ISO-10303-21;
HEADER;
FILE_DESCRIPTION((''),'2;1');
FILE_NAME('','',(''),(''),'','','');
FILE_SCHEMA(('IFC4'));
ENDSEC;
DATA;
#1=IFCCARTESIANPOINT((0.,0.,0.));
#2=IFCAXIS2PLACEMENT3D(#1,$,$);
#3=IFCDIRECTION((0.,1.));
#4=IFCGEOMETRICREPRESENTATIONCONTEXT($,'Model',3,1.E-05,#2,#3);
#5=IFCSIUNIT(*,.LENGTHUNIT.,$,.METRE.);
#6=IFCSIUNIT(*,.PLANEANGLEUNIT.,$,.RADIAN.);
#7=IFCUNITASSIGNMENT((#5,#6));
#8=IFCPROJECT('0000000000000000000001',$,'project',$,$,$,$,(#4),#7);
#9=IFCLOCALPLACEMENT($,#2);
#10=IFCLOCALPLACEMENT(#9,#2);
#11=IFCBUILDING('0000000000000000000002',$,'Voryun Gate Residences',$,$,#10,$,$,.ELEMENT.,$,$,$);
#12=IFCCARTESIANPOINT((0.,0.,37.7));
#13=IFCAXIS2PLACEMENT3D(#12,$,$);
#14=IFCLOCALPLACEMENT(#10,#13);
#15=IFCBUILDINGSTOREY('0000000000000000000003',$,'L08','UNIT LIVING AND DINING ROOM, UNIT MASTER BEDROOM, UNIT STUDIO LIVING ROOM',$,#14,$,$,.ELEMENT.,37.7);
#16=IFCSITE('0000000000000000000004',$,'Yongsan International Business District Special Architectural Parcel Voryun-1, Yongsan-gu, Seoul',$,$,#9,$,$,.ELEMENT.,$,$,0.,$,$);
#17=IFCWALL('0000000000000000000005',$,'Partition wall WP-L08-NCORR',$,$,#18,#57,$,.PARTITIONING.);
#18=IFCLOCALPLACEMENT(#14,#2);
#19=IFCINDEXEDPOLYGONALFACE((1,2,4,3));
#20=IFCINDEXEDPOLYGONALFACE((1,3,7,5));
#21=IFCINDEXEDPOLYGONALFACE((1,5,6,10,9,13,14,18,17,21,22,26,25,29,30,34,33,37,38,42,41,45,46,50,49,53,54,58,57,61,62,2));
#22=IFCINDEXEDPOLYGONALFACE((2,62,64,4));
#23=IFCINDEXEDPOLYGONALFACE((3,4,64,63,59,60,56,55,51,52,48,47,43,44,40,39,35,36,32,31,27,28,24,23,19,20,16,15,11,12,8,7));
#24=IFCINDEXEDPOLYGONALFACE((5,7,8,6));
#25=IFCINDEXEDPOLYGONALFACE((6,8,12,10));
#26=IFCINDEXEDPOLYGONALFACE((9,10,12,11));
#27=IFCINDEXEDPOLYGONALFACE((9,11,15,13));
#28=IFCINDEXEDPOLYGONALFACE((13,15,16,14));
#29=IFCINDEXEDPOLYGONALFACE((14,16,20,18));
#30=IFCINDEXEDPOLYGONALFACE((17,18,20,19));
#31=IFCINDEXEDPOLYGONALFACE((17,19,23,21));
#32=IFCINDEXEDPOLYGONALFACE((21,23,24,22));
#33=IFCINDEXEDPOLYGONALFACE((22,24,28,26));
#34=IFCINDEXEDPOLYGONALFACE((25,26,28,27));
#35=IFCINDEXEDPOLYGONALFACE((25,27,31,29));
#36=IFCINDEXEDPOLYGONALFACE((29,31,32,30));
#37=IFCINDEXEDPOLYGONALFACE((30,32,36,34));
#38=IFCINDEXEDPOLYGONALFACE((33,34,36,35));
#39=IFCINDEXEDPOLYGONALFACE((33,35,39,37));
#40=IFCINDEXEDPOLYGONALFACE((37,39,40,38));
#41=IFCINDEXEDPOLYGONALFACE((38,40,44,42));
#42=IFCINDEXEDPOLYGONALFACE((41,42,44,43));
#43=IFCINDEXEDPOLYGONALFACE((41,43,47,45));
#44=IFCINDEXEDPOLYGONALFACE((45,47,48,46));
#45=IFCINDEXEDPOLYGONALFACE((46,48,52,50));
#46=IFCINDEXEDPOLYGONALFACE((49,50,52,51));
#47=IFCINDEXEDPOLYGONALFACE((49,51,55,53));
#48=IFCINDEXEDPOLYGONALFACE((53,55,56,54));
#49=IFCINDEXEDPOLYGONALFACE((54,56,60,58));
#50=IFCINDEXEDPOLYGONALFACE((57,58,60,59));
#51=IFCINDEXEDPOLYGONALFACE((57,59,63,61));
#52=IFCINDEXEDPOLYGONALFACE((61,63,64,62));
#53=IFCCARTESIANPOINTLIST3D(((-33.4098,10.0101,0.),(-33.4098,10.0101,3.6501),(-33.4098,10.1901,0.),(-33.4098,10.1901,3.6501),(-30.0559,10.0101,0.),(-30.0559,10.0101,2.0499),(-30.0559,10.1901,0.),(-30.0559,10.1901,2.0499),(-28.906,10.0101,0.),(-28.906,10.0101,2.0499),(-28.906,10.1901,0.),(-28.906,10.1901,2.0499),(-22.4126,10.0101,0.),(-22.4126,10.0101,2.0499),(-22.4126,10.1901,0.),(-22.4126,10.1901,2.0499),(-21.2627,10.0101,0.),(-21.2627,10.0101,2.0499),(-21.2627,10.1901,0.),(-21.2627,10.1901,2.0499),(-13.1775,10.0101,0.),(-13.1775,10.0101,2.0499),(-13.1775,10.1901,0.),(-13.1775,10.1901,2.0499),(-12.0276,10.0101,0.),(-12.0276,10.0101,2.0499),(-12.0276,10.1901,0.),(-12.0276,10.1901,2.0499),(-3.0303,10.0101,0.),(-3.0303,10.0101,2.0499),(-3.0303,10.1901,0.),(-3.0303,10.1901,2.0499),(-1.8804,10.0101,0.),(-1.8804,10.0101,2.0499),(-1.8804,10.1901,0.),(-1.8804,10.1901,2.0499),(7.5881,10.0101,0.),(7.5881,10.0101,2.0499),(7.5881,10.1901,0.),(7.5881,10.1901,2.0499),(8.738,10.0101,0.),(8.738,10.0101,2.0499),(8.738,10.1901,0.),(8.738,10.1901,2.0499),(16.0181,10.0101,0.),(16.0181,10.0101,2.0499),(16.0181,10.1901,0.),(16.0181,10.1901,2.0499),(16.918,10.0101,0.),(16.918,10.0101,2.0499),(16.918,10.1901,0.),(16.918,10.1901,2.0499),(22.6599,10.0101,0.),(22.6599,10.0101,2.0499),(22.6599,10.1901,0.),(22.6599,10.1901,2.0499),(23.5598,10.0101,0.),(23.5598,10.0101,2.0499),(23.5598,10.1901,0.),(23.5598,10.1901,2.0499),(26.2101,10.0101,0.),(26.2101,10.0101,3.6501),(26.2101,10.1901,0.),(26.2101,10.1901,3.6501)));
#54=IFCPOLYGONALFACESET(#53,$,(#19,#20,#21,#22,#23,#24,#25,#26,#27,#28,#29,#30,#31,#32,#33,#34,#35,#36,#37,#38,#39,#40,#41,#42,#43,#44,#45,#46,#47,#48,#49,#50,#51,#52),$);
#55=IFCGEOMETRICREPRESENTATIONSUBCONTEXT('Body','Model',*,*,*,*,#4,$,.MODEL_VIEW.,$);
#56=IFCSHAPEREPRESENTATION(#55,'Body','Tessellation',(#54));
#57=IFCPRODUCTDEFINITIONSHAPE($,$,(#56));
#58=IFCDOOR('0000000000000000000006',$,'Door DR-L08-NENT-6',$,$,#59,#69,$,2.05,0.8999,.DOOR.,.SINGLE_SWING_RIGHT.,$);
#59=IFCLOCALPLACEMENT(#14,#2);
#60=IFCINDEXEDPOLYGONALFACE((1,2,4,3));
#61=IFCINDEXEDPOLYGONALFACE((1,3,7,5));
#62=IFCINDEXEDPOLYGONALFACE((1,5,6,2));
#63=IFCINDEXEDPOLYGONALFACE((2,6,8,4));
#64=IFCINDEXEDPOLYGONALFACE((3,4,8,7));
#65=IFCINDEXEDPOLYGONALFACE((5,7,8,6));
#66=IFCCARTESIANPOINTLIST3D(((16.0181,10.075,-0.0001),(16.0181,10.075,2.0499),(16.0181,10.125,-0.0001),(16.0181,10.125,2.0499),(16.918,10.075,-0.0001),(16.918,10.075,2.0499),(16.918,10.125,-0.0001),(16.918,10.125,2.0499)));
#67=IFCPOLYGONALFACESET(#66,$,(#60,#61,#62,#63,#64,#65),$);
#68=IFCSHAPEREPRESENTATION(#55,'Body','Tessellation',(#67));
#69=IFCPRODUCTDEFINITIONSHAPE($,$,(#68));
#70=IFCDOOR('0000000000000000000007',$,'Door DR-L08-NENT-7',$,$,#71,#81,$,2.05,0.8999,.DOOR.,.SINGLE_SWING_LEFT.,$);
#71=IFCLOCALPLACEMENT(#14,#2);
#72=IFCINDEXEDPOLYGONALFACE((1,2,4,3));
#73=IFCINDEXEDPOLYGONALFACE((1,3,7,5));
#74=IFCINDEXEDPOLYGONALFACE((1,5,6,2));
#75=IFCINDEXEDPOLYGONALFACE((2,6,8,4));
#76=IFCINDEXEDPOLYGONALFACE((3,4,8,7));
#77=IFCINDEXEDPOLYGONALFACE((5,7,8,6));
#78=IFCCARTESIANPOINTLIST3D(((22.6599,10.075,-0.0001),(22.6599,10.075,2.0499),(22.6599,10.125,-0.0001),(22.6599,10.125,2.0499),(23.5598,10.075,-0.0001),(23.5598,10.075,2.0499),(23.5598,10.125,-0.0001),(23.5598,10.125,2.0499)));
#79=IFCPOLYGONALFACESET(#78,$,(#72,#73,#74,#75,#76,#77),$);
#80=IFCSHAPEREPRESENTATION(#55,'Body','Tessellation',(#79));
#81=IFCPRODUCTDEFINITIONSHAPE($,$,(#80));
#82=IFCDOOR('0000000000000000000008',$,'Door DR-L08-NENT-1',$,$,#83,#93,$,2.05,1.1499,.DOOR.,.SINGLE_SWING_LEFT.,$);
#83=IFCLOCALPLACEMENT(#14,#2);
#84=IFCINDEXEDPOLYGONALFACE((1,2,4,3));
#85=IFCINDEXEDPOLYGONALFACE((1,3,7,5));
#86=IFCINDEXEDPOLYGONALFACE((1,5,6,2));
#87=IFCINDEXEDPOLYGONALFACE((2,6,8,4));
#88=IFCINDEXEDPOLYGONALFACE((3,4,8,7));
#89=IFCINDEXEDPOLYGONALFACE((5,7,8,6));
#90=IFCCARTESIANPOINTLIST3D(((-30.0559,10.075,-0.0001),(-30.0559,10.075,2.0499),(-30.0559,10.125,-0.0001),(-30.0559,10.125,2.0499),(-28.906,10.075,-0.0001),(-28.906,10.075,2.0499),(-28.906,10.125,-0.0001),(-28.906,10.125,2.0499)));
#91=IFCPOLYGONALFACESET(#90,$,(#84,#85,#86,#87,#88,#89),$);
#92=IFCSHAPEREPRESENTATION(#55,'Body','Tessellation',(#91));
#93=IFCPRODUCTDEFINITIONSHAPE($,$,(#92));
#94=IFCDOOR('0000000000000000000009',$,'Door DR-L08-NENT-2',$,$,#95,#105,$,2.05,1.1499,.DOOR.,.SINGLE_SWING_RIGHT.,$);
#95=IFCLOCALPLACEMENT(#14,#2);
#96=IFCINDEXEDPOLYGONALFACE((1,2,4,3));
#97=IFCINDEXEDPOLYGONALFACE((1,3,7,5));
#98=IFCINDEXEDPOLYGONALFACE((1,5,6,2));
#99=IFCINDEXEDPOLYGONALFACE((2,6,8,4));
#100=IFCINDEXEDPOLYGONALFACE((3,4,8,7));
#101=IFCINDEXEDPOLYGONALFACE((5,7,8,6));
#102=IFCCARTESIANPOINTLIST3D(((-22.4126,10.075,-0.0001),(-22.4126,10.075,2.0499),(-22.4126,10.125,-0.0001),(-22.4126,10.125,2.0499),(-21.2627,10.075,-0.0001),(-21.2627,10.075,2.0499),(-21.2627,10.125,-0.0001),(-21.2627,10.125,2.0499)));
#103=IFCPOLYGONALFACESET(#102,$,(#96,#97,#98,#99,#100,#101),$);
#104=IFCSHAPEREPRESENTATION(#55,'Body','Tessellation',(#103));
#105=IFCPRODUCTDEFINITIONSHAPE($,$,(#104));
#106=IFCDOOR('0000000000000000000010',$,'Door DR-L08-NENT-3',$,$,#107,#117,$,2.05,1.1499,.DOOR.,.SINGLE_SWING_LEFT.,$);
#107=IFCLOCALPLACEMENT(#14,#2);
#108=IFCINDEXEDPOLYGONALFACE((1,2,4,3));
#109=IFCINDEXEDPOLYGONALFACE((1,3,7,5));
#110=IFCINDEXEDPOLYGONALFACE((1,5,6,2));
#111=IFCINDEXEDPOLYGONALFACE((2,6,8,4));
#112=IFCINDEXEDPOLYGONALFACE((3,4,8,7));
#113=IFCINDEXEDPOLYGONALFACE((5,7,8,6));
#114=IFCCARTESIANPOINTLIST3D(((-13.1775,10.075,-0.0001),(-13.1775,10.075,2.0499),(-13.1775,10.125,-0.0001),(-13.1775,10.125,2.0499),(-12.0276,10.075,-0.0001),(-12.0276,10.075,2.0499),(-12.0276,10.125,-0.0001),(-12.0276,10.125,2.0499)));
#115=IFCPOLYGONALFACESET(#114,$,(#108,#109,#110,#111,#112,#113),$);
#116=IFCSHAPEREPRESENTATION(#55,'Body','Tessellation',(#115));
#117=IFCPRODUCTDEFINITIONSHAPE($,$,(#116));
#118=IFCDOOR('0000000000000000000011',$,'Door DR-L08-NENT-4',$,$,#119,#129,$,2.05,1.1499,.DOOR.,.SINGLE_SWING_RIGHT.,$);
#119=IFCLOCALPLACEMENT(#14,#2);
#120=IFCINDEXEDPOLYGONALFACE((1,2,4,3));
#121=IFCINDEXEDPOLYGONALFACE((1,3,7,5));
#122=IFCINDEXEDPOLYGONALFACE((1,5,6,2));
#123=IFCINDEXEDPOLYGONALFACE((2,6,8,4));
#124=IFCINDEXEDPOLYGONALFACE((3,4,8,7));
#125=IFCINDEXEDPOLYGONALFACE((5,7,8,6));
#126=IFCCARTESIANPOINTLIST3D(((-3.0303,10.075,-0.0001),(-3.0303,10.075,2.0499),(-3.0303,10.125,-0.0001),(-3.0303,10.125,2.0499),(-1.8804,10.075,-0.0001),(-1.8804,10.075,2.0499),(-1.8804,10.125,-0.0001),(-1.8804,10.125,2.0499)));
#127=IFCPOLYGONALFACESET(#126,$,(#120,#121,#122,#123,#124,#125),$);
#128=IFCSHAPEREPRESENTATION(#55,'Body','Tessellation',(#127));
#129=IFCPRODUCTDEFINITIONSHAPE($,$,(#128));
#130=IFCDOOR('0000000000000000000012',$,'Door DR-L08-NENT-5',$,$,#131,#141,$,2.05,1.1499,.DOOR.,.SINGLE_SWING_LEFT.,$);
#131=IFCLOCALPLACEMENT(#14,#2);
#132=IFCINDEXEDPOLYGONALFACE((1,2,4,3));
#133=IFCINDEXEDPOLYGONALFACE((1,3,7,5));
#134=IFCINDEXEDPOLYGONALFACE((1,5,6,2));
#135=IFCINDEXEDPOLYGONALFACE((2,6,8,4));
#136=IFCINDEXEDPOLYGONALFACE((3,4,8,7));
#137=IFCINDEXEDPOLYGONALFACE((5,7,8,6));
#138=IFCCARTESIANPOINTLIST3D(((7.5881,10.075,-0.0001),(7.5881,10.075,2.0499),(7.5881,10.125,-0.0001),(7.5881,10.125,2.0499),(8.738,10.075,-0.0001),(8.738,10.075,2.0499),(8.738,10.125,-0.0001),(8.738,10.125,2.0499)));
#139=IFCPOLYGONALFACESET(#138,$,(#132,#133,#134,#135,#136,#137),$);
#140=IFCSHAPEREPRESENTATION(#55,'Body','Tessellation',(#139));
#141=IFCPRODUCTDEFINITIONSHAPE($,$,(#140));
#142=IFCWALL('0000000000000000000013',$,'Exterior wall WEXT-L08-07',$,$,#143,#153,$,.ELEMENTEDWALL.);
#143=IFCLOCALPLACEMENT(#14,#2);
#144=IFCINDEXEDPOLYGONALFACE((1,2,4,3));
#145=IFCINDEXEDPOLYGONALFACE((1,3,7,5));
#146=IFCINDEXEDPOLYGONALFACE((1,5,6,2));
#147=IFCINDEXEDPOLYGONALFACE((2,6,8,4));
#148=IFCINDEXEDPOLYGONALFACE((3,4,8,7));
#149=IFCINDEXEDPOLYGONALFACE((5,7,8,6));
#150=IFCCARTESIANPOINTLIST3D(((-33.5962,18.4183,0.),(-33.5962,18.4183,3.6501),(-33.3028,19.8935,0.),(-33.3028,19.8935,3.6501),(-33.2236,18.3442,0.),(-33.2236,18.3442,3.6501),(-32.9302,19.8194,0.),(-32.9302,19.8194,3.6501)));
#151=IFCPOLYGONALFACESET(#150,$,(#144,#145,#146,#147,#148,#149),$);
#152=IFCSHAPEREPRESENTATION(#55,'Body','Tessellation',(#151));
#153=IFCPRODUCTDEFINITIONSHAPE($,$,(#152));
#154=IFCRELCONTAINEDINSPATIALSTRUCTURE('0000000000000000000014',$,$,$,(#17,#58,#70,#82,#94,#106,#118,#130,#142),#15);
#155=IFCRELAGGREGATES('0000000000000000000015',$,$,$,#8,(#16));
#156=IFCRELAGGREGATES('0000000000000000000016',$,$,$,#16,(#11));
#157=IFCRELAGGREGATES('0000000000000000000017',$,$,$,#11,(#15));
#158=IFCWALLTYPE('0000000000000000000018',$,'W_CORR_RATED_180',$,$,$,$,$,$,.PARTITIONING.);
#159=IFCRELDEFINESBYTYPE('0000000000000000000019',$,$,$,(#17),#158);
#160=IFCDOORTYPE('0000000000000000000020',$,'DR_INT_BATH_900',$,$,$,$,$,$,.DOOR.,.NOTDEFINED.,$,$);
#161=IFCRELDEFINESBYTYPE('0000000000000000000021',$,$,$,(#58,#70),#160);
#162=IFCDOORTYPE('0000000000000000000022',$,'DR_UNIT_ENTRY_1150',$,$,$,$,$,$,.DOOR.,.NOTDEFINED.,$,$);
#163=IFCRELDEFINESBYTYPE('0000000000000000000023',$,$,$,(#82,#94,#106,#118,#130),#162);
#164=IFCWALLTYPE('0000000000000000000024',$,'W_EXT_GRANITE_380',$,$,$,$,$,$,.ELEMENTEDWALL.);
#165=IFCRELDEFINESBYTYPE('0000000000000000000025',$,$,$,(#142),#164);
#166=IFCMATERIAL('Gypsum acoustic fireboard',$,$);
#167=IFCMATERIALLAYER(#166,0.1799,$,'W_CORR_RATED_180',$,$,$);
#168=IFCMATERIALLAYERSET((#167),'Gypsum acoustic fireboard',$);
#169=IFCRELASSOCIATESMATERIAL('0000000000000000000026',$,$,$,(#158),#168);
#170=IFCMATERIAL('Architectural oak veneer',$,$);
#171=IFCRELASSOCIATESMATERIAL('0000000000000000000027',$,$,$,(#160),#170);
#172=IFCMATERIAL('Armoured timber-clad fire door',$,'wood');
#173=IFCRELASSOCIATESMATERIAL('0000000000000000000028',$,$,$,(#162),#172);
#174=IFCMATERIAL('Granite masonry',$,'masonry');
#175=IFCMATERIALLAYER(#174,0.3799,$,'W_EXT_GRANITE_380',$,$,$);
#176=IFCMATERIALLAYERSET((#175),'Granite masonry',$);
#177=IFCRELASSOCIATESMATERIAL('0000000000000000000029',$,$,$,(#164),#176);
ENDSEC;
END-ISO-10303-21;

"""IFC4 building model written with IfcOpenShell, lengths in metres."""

from ifc_helpers import new_model, si_unit, direction, frame, frame_2d, origin, place, context, subcontext, project, spatial, rectangle, extrude, material, layer, layer_set, type_object, element, fill, save


model = new_model("IFC4")

# Units and contexts
model_context = context("Model", 3, precision=1e-05, world=origin(), true_north=direction((0.0, 1.0)))
body_context = subcontext(model_context, "Body", "Model", "MODEL_VIEW")
ifc_project = project(units=[si_unit("LENGTHUNIT", "METRE"), si_unit("PLANEANGLEUNIT", "RADIAN")], contexts=[model_context])

# Site, building, storey
site_placement = place(None, origin())
site = spatial("IfcSite", under=ifc_project, at=site_placement, Name="Yongsan International Business District Special Architectural Parcel Voryun-1, Yongsan-gu, Seoul", CompositionType="ELEMENT", RefElevation=0.0)
building_placement = place(site_placement, origin())
building = spatial("IfcBuilding", under=site, at=building_placement, Name="Voryun Gate Residences", CompositionType="ELEMENT")
storey_placement = place(building_placement, frame((0.0, 0.0, 37.7)))
storey = spatial("IfcBuildingStorey", under=building, at=storey_placement, Name="L08", Description="UNIT LIVING AND DINING ROOM, UNIT MASTER BEDROOM, UNIT STUDIO LIVING ROOM", CompositionType="ELEMENT", Elevation=37.7)

# Wall, openings, doors
ifc_material_1 = material(Name="Gypsum acoustic fireboard")
ifc_layer_1 = layer(ifc_material_1, 0.1799, Name="W_CORR_RATED_180")
ifc_layer_set_1 = layer_set([ifc_layer_1], Name="Gypsum acoustic fireboard")
wall_type_1 = type_object("IfcWallType", Name="W_CORR_RATED_180", PredefinedType="PARTITIONING", material=ifc_layer_set_1)
wall_1_placement = place(storey_placement, frame((-33.4099, 10.1001, 0.0), z_axis=(0.0, 0.0, 1.0), x_axis=(1.0, 0.0, 0.0)))
wall_1 = element("IfcWall", 1, at=wall_1_placement, inside=storey, type_object=wall_type_1, Name="Partition wall WP-L08-NCORR", PredefinedType="PARTITIONING", context=body_context, shape_type="SweptSolid", body=[
    extrude(rectangle(XDim=59.6199, YDim=0.1799, at=frame_2d((29.8101, 0.0))), origin(), (0.0, 0.0, 1.0), 3.6501),
])
opening_1_placement = place(wall_1_placement, frame((3.354, 0.0, 0.0)))
opening_1 = element("IfcOpeningElement", 2, at=opening_1_placement, cuts=wall_1, PredefinedType="OPENING", context=body_context, shape_type="SweptSolid", body=[
    extrude(rectangle(XDim=1.1499, YDim=2.05, at=frame_2d((0.575, 1.0249))), frame((0.0, 0.0999, 0.0), z_axis=(0.0, -1.0, 0.0), x_axis=(1.0, 0.0, 0.0)), (0.0, 0.0, 1.0), 0.2),
])
opening_2_placement = place(wall_1_placement, frame((10.9973, 0.0, 0.0)))
opening_2 = element("IfcOpeningElement", 3, at=opening_2_placement, cuts=wall_1, PredefinedType="OPENING", context=body_context, shape_type="SweptSolid", body=[
    extrude(rectangle(XDim=1.1499, YDim=2.05, at=frame_2d((0.575, 1.0249))), frame((0.0, 0.0999, 0.0), z_axis=(0.0, -1.0, 0.0), x_axis=(1.0, 0.0, 0.0)), (0.0, 0.0, 1.0), 0.2),
])
opening_3_placement = place(wall_1_placement, frame((20.2324, 0.0, 0.0)))
opening_3 = element("IfcOpeningElement", 4, at=opening_3_placement, cuts=wall_1, PredefinedType="OPENING", context=body_context, shape_type="SweptSolid", body=[
    extrude(rectangle(XDim=1.1499, YDim=2.05, at=frame_2d((0.575, 1.0249))), frame((0.0, 0.0999, 0.0), z_axis=(0.0, -1.0, 0.0), x_axis=(1.0, 0.0, 0.0)), (0.0, 0.0, 1.0), 0.2),
])
opening_4_placement = place(wall_1_placement, frame((30.3796, 0.0, 0.0)))
opening_4 = element("IfcOpeningElement", 5, at=opening_4_placement, cuts=wall_1, PredefinedType="OPENING", context=body_context, shape_type="SweptSolid", body=[
    extrude(rectangle(XDim=1.1499, YDim=2.05, at=frame_2d((0.575, 1.0249))), frame((0.0, 0.0999, 0.0), z_axis=(0.0, -1.0, 0.0), x_axis=(1.0, 0.0, 0.0)), (0.0, 0.0, 1.0), 0.2),
])
opening_5_placement = place(wall_1_placement, frame((40.998, 0.0, 0.0)))
opening_5 = element("IfcOpeningElement", 6, at=opening_5_placement, cuts=wall_1, PredefinedType="OPENING", context=body_context, shape_type="SweptSolid", body=[
    extrude(rectangle(XDim=1.1499, YDim=2.05, at=frame_2d((0.575, 1.0249))), frame((0.0, 0.0999, 0.0), z_axis=(0.0, -1.0, 0.0), x_axis=(1.0, 0.0, 0.0)), (0.0, 0.0, 1.0), 0.2),
])
opening_6_placement = place(wall_1_placement, frame((49.428, 0.0, 0.0)))
opening_6 = element("IfcOpeningElement", 7, at=opening_6_placement, cuts=wall_1, PredefinedType="OPENING", context=body_context, shape_type="SweptSolid", body=[
    extrude(rectangle(XDim=0.8999, YDim=2.05, at=frame_2d((0.45, 1.0249))), frame((0.0, 0.0999, 0.0), z_axis=(0.0, -1.0, 0.0), x_axis=(1.0, 0.0, 0.0)), (0.0, 0.0, 1.0), 0.2),
])
opening_7_placement = place(wall_1_placement, frame((56.0698, 0.0, 0.0)))
opening_7 = element("IfcOpeningElement", 8, at=opening_7_placement, cuts=wall_1, PredefinedType="OPENING", context=body_context, shape_type="SweptSolid", body=[
    extrude(rectangle(XDim=0.8999, YDim=2.05, at=frame_2d((0.45, 1.0249))), frame((0.0, 0.0999, 0.0), z_axis=(0.0, -1.0, 0.0), x_axis=(1.0, 0.0, 0.0)), (0.0, 0.0, 1.0), 0.2),
])
ifc_material_2 = material(Name="Architectural oak veneer")
door_type_1 = type_object("IfcDoorType", Name="DR_INT_BATH_900", OperationType="NOTDEFINED", PredefinedType="DOOR", material=ifc_material_2)
door_1_placement = place(opening_6_placement, origin())
door_1 = element("IfcDoor", 9, at=door_1_placement, inside=storey, type_object=door_type_1, Name="Door DR-L08-NENT-6", OperationType="SINGLE_SWING_RIGHT", OverallHeight=2.05, OverallWidth=0.8999, PredefinedType="DOOR", context=body_context, shape_type="SweptSolid", body=[
    extrude(rectangle(XDim=0.8999, YDim=2.05, at=frame_2d((0.45, 1.0249))), frame((0.0, 0.0249, 0.0), z_axis=(0.0, -1.0, 0.0), x_axis=(1.0, 0.0, 0.0)), (0.0, 0.0, 1.0), 0.05),
])
fill(opening_6, door_1)
door_2_placement = place(opening_7_placement, origin())
door_2 = element("IfcDoor", 10, at=door_2_placement, inside=storey, type_object=door_type_1, Name="Door DR-L08-NENT-7", OperationType="SINGLE_SWING_LEFT", OverallHeight=2.05, OverallWidth=0.8999, PredefinedType="DOOR", context=body_context, shape_type="SweptSolid", body=[
    extrude(rectangle(XDim=0.8999, YDim=2.05, at=frame_2d((0.45, 1.0249))), frame((0.0, 0.0249, 0.0), z_axis=(0.0, -1.0, 0.0), x_axis=(1.0, 0.0, 0.0)), (0.0, 0.0, 1.0), 0.05),
])
fill(opening_7, door_2)
ifc_material_3 = material(Name="Armoured timber-clad fire door", Category="wood")
door_type_2 = type_object("IfcDoorType", Name="DR_UNIT_ENTRY_1150", OperationType="NOTDEFINED", PredefinedType="DOOR", material=ifc_material_3)
door_3_placement = place(opening_1_placement, origin())
door_3 = element("IfcDoor", 11, at=door_3_placement, inside=storey, type_object=door_type_2, Name="Door DR-L08-NENT-1", OperationType="SINGLE_SWING_LEFT", OverallHeight=2.05, OverallWidth=1.1499, PredefinedType="DOOR", context=body_context, shape_type="SweptSolid", body=[
    extrude(rectangle(XDim=1.1499, YDim=2.05, at=frame_2d((0.575, 1.0249))), frame((0.0, 0.0249, 0.0), z_axis=(0.0, -1.0, 0.0), x_axis=(1.0, 0.0, 0.0)), (0.0, 0.0, 1.0), 0.05),
])
fill(opening_1, door_3)
door_4_placement = place(opening_2_placement, origin())
door_4 = element("IfcDoor", 12, at=door_4_placement, inside=storey, type_object=door_type_2, Name="Door DR-L08-NENT-2", OperationType="SINGLE_SWING_RIGHT", OverallHeight=2.05, OverallWidth=1.1499, PredefinedType="DOOR", context=body_context, shape_type="SweptSolid", body=[
    extrude(rectangle(XDim=1.1499, YDim=2.05, at=frame_2d((0.575, 1.0249))), frame((0.0, 0.0249, 0.0), z_axis=(0.0, -1.0, 0.0), x_axis=(1.0, 0.0, 0.0)), (0.0, 0.0, 1.0), 0.05),
])
fill(opening_2, door_4)
door_5_placement = place(opening_3_placement, origin())
door_5 = element("IfcDoor", 13, at=door_5_placement, inside=storey, type_object=door_type_2, Name="Door DR-L08-NENT-3", OperationType="SINGLE_SWING_LEFT", OverallHeight=2.05, OverallWidth=1.1499, PredefinedType="DOOR", context=body_context, shape_type="SweptSolid", body=[
    extrude(rectangle(XDim=1.1499, YDim=2.05, at=frame_2d((0.575, 1.0249))), frame((0.0, 0.0249, 0.0), z_axis=(0.0, -1.0, 0.0), x_axis=(1.0, 0.0, 0.0)), (0.0, 0.0, 1.0), 0.05),
])
fill(opening_3, door_5)
door_6_placement = place(opening_4_placement, origin())
door_6 = element("IfcDoor", 14, at=door_6_placement, inside=storey, type_object=door_type_2, Name="Door DR-L08-NENT-4", OperationType="SINGLE_SWING_RIGHT", OverallHeight=2.05, OverallWidth=1.1499, PredefinedType="DOOR", context=body_context, shape_type="SweptSolid", body=[
    extrude(rectangle(XDim=1.1499, YDim=2.05, at=frame_2d((0.575, 1.0249))), frame((0.0, 0.0249, 0.0), z_axis=(0.0, -1.0, 0.0), x_axis=(1.0, 0.0, 0.0)), (0.0, 0.0, 1.0), 0.05),
])
fill(opening_4, door_6)
door_7_placement = place(opening_5_placement, origin())
door_7 = element("IfcDoor", 15, at=door_7_placement, inside=storey, type_object=door_type_2, Name="Door DR-L08-NENT-5", OperationType="SINGLE_SWING_LEFT", OverallHeight=2.05, OverallWidth=1.1499, PredefinedType="DOOR", context=body_context, shape_type="SweptSolid", body=[
    extrude(rectangle(XDim=1.1499, YDim=2.05, at=frame_2d((0.575, 1.0249))), frame((0.0, 0.0249, 0.0), z_axis=(0.0, -1.0, 0.0), x_axis=(1.0, 0.0, 0.0)), (0.0, 0.0, 1.0), 0.05),
])
fill(opening_5, door_7)

# Wall
ifc_material_4 = material(Name="Granite masonry", Category="masonry")
ifc_layer_2 = layer(ifc_material_4, 0.3799, Name="W_EXT_GRANITE_380")
ifc_layer_set_2 = layer_set([ifc_layer_2], Name="Granite masonry")
wall_type_2 = type_object("IfcWallType", Name="W_EXT_GRANITE_380", PredefinedType="ELEMENTEDWALL", material=ifc_layer_set_2)
wall_2_placement = place(storey_placement, frame((-33.4099, 18.3813, 0.0), z_axis=(0.0, 0.0, 1.0), x_axis=(0.195086, 0.980786, 0.0)))
element("IfcWall", 16, at=wall_2_placement, inside=storey, type_object=wall_type_2, Name="Exterior wall WEXT-L08-07", PredefinedType="ELEMENTEDWALL", context=body_context, shape_type="SweptSolid", body=[
    extrude(rectangle(XDim=1.5042, YDim=0.3799, at=frame_2d((0.752, 0.0))), origin(), (0.0, 0.0, 1.0), 3.6501),
])

save(model, "model.ifc")
